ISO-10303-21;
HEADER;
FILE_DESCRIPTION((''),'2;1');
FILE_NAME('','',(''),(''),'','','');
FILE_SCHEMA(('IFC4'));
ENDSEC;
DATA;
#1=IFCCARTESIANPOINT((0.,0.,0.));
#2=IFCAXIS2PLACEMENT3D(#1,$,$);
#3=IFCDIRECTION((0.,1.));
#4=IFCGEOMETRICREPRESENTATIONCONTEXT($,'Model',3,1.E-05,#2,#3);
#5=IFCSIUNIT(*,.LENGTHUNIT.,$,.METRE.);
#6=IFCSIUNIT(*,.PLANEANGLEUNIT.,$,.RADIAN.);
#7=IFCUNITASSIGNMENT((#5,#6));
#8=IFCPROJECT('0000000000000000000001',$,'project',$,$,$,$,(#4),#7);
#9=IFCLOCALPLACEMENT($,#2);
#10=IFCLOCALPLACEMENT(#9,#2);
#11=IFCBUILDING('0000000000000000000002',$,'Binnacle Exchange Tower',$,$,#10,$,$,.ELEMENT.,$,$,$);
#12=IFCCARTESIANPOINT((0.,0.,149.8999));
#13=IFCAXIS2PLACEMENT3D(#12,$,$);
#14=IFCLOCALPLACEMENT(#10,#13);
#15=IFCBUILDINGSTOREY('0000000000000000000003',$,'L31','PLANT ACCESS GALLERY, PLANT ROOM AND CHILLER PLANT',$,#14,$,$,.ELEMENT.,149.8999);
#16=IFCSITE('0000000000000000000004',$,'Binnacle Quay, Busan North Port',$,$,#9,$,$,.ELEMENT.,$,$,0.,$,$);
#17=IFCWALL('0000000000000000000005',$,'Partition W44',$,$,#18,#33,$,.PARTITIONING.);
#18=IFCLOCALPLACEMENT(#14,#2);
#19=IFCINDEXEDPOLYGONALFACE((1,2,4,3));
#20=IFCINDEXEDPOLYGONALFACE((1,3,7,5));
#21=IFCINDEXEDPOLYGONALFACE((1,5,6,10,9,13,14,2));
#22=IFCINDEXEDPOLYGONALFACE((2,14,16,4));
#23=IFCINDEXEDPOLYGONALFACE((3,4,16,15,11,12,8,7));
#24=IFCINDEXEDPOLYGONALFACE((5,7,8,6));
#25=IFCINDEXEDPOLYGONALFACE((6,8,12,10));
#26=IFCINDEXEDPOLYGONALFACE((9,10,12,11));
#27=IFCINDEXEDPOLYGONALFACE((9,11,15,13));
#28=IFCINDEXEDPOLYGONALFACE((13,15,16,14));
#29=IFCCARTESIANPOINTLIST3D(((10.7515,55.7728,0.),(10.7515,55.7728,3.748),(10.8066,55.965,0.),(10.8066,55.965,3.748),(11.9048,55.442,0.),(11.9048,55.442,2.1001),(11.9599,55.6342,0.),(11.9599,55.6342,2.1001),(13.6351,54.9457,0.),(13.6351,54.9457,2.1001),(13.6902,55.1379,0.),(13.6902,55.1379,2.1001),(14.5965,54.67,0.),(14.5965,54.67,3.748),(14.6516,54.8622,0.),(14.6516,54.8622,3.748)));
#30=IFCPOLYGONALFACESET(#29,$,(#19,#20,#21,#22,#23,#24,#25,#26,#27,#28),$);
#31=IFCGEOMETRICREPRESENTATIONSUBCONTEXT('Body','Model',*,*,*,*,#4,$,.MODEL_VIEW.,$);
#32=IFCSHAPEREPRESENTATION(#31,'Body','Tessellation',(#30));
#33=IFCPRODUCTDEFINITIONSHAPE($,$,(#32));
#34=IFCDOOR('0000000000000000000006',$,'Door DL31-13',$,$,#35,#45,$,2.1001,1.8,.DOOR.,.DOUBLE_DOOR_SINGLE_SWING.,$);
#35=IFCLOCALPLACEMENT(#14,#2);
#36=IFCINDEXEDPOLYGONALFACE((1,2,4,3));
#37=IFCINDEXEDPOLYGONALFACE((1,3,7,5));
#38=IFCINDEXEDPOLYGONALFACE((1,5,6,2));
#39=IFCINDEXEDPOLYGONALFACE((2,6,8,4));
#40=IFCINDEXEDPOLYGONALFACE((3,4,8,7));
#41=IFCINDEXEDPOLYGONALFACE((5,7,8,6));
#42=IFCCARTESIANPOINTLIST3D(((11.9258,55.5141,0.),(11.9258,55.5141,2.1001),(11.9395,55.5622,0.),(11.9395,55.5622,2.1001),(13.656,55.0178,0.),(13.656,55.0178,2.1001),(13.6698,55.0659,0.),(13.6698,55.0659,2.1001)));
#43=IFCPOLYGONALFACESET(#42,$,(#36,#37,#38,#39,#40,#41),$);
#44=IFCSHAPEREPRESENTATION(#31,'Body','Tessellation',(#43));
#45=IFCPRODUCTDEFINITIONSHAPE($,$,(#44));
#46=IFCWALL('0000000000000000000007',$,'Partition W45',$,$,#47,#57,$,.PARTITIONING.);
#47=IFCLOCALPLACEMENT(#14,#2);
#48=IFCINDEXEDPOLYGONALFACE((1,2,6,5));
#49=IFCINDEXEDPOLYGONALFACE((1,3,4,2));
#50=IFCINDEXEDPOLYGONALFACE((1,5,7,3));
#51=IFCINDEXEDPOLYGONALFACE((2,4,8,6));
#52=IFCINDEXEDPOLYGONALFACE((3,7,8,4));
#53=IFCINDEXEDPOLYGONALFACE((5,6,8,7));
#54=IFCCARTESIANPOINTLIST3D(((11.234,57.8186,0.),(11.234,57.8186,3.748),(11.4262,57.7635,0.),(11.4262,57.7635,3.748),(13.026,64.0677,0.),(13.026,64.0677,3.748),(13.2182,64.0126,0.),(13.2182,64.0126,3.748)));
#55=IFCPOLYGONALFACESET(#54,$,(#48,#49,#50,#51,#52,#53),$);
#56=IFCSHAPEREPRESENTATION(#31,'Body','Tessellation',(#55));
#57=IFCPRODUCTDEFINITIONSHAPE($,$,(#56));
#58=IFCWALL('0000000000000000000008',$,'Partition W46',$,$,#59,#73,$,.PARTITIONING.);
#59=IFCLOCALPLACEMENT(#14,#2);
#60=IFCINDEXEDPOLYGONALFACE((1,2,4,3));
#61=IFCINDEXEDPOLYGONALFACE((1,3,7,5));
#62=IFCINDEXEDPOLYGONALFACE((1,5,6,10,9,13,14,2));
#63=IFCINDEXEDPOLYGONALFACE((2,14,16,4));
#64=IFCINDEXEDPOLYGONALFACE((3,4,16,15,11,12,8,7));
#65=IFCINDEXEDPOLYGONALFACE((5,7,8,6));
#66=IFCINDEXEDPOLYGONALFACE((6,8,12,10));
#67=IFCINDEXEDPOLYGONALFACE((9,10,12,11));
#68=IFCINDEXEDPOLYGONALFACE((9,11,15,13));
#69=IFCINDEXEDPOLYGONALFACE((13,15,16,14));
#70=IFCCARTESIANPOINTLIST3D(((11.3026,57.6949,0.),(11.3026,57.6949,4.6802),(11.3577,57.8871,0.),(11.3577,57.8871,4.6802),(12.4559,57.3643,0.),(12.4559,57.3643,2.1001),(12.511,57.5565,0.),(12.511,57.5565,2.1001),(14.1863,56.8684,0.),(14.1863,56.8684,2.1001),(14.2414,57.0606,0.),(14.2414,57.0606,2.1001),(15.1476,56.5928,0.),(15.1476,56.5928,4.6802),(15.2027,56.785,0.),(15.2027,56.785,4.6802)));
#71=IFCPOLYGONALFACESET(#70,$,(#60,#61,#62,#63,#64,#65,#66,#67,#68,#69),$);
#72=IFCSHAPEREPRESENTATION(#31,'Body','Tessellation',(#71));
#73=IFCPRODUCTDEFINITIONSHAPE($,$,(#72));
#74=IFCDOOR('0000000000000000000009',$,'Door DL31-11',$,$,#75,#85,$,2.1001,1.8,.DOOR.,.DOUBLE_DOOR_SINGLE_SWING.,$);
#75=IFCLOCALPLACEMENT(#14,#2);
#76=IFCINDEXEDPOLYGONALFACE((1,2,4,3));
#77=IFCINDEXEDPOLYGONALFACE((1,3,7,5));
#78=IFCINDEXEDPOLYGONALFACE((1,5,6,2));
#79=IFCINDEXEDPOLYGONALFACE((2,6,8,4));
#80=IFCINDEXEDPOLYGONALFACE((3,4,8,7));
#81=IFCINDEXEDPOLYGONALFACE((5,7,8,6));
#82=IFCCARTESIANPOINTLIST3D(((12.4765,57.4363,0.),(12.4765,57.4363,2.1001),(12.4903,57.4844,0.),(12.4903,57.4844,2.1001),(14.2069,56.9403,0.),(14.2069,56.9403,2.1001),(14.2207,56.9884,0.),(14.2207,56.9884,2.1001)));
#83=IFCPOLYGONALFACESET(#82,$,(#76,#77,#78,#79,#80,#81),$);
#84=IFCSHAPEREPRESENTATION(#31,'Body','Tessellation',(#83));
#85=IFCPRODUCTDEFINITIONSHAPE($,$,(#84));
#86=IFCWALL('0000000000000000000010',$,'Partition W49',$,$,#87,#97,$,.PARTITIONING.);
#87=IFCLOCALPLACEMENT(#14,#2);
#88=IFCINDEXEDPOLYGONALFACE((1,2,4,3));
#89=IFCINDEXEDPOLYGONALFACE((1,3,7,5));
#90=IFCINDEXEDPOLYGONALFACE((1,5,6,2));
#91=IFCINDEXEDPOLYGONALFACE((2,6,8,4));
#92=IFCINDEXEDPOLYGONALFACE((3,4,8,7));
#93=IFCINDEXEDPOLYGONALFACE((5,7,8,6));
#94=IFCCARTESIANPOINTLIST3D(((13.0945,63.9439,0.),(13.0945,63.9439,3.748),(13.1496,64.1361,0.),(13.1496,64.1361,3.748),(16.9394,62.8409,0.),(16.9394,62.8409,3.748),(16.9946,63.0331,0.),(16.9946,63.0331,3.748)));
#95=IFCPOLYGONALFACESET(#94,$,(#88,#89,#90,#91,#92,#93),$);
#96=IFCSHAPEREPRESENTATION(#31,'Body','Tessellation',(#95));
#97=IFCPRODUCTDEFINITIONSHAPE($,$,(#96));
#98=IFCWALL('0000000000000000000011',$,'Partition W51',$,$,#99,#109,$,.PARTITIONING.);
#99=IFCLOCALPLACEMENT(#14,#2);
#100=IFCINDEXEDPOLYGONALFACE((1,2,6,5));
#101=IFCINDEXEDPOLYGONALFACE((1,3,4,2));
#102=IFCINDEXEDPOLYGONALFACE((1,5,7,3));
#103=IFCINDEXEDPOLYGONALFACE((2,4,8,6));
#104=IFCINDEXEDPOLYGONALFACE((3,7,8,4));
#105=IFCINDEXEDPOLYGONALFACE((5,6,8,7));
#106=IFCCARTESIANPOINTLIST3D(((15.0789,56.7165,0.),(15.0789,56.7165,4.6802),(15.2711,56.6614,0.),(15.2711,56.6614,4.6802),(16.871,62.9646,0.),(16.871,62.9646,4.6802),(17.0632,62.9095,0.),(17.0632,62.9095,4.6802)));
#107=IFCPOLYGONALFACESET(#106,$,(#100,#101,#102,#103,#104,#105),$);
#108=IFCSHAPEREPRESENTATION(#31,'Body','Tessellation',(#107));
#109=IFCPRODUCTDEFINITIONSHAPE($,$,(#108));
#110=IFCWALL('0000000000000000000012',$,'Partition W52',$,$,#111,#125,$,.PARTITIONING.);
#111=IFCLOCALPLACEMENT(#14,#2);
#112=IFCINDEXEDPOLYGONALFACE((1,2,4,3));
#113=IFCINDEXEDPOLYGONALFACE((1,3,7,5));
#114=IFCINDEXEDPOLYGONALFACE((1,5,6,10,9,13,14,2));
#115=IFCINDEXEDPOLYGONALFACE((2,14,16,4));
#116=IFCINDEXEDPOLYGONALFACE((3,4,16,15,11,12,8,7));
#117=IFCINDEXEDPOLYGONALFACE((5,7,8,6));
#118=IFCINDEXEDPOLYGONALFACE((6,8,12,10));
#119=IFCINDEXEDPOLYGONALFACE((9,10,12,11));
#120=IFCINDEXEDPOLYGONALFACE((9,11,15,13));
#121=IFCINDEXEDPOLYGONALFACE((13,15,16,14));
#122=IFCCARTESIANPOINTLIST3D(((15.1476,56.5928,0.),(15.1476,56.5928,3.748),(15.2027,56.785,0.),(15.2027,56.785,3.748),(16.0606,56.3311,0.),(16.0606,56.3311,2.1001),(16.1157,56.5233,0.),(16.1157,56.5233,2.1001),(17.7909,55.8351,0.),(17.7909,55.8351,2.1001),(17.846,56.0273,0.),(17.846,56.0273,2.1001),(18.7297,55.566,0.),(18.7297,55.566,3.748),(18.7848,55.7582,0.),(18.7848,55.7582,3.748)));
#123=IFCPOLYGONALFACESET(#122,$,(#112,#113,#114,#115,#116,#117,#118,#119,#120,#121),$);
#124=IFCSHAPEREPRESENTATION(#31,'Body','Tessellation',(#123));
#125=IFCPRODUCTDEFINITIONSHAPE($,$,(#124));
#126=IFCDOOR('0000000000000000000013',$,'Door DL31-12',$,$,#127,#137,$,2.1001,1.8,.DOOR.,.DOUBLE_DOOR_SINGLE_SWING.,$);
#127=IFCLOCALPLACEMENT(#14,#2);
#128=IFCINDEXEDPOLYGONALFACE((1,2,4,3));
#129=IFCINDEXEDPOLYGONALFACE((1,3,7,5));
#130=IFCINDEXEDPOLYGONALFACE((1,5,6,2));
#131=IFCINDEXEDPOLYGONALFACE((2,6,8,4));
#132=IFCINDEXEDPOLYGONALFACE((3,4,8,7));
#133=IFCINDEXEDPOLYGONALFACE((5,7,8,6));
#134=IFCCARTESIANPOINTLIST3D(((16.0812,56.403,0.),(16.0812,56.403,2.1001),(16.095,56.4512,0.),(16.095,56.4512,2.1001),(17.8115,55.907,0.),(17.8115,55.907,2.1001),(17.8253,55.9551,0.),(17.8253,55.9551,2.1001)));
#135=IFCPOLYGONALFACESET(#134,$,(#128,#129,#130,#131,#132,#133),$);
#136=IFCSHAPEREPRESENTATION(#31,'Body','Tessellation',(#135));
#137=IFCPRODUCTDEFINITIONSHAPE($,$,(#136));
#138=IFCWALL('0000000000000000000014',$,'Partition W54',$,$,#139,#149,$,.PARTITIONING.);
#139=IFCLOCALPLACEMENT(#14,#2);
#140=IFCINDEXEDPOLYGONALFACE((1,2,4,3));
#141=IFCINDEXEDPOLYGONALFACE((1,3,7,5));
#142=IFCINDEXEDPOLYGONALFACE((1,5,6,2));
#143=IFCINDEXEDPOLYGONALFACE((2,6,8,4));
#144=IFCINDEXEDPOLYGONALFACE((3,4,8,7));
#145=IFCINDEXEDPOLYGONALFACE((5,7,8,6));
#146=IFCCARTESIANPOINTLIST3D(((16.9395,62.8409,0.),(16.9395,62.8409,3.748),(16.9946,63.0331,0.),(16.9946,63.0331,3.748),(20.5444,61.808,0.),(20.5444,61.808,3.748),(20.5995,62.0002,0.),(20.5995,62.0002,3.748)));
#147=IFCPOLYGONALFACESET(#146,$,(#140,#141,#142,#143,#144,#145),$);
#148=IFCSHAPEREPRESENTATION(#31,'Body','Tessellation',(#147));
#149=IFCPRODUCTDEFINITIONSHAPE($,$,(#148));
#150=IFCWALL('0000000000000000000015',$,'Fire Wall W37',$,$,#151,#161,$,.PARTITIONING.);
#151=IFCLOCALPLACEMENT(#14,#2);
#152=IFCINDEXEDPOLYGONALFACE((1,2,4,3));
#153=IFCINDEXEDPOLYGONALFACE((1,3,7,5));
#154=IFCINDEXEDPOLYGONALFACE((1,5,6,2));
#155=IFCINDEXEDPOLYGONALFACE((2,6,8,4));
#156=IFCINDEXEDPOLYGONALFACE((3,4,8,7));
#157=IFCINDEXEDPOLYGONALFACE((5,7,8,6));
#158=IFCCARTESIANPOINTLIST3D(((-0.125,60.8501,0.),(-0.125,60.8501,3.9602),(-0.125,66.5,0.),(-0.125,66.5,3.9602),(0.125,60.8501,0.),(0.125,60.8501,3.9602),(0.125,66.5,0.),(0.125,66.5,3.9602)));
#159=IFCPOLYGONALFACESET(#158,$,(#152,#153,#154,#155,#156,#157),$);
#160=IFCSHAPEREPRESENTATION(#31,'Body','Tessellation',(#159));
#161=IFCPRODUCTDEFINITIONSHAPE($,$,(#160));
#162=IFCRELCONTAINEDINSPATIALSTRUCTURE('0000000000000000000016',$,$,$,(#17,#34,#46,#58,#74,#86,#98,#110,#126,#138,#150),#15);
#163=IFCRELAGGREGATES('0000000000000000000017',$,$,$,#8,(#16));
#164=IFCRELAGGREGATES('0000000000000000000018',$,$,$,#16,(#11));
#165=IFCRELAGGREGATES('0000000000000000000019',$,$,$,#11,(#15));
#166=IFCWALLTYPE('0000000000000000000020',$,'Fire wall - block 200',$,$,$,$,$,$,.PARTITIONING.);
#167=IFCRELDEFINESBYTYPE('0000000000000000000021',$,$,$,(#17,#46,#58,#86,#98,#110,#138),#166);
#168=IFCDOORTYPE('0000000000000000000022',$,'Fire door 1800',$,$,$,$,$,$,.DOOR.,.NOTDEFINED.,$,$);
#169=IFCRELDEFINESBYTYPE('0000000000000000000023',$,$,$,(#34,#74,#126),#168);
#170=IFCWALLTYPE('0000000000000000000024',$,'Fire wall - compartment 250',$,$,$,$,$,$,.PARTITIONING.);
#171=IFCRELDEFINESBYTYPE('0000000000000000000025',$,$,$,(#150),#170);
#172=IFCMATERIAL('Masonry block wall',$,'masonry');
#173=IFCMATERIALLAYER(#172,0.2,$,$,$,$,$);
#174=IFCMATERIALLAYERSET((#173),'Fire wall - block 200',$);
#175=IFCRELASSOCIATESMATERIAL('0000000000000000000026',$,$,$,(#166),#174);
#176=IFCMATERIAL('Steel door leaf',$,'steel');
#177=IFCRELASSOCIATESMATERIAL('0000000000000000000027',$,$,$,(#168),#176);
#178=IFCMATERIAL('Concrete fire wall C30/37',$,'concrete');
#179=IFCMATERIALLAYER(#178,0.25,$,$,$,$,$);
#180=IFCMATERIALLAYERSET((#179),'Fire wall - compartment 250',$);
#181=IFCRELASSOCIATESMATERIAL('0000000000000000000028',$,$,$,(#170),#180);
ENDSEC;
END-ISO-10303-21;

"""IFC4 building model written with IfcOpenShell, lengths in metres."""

from ifc_helpers import new_model, si_unit, direction, frame, frame_2d, origin, place, context, subcontext, project, spatial, rectangle, extrude, material, layer, layer_set, type_object, element, fill, save


model = new_model("IFC4")

# Units and contexts
model_context = context("Model", 3, precision=1e-05, world=origin(), true_north=direction((0.0, 1.0)))
body_context = subcontext(model_context, "Body", "Model", "MODEL_VIEW")
ifc_project = project(units=[si_unit("LENGTHUNIT", "METRE"), si_unit("PLANEANGLEUNIT", "RADIAN")], contexts=[model_context])

# Site, building, storey
site_placement = place(None, origin())
site = spatial("IfcSite", under=ifc_project, at=site_placement, Name="Binnacle Quay, Busan North Port", CompositionType="ELEMENT", RefElevation=0.0)
building_placement = place(site_placement, origin())
building = spatial("IfcBuilding", under=site, at=building_placement, Name="Binnacle Exchange Tower", CompositionType="ELEMENT")
storey_placement = place(building_placement, frame((0.0, 0.0, 149.8999)))
storey = spatial("IfcBuildingStorey", under=building, at=storey_placement, Name="L31", Description="PLANT ACCESS GALLERY, PLANT ROOM AND CHILLER PLANT", CompositionType="ELEMENT", Elevation=149.8999)

# Shared definitions
ifc_material_1 = material(Name="Masonry block wall", Category="masonry")
ifc_layer_1 = layer(ifc_material_1, 0.2)
ifc_layer_set_1 = layer_set([ifc_layer_1], Name="Fire wall - block 200")
wall_type_1 = type_object("IfcWallType", Name="Fire wall - block 200", PredefinedType="PARTITIONING", material=ifc_layer_set_1)

# Wall, opening, door
wall_1_placement = place(storey_placement, frame((10.7791, 55.8689, 0.0), z_axis=(0.0, 0.0, 1.0), x_axis=(0.961245, -0.275696, 0.0)))
wall_1 = element("IfcWall", 1, at=wall_1_placement, inside=storey, type_object=wall_type_1, Name="Partition W44", PredefinedType="PARTITIONING", context=body_context, shape_type="SweptSolid", body=[
    extrude(rectangle(XDim=4.0, YDim=0.2, at=frame_2d((2.0, 0.0))), origin(), (0.0, 0.0, 1.0), 3.748),
])
opening_1_placement = place(wall_1_placement, frame((1.2, 0.0, 0.0)))
opening_1 = element("IfcOpeningElement", 2, at=opening_1_placement, cuts=wall_1, PredefinedType="OPENING", context=body_context, shape_type="SweptSolid", body=[
    extrude(rectangle(XDim=1.8, YDim=2.1001, at=frame_2d((0.8999, 1.05))), frame((0.0, 0.1099, 0.0), z_axis=(0.0, -1.0, 0.0), x_axis=(1.0, 0.0, 0.0)), (0.0, 0.0, 1.0), 0.22),
])
ifc_material_2 = material(Name="Steel door leaf", Category="steel")
door_type_1 = type_object("IfcDoorType", Name="Fire door 1800", OperationType="NOTDEFINED", PredefinedType="DOOR", material=ifc_material_2)
door_1_placement = place(opening_1_placement, frame((1.8, 0.0, 0.0), z_axis=(0.0, 0.0, 1.0), x_axis=(-1.0, 0.0, 0.0)))
door_1 = element("IfcDoor", 3, at=door_1_placement, inside=storey, type_object=door_type_1, Name="Door DL31-13", OperationType="DOUBLE_DOOR_SINGLE_SWING", OverallHeight=2.1001, OverallWidth=1.8, PredefinedType="DOOR", context=body_context, shape_type="SweptSolid", body=[
    extrude(rectangle(XDim=1.8, YDim=2.1001, at=frame_2d((0.8999, 1.05))), frame((0.0, 0.0249, 0.0), z_axis=(0.0, -1.0, 0.0), x_axis=(1.0, 0.0, 0.0)), (0.0, 0.0, 1.0), 0.05),
])
fill(opening_1, door_1)

# Wall
wall_2_placement = place(storey_placement, frame((11.3301, 57.791, 0.0), z_axis=(0.0, 0.0, 1.0), x_axis=(0.275653, 0.961257, 0.0)))
element("IfcWall", 4, at=wall_2_placement, inside=storey, type_object=wall_type_1, Name="Partition W45", PredefinedType="PARTITIONING", context=body_context, shape_type="SweptSolid", body=[
    extrude(rectangle(XDim=6.501, YDim=0.2, at=frame_2d((3.2505, 0.0))), origin(), (0.0, 0.0, 1.0), 3.748),
])

# Wall, opening, door
wall_3_placement = place(storey_placement, frame((11.3301, 57.791, 0.0), z_axis=(0.0, 0.0, 1.0), x_axis=(0.961293, -0.275527, 0.0)))
wall_3 = element("IfcWall", 5, at=wall_3_placement, inside=storey, type_object=wall_type_1, Name="Partition W46", PredefinedType="PARTITIONING", context=body_context, shape_type="SweptSolid", body=[
    extrude(rectangle(XDim=3.9998, YDim=0.2, at=frame_2d((2.0, 0.0))), origin(), (0.0, 0.0, 1.0), 4.6802),
])
opening_2_placement = place(wall_3_placement, frame((1.2, 0.0, 0.0)))
opening_2 = element("IfcOpeningElement", 6, at=opening_2_placement, cuts=wall_3, PredefinedType="OPENING", context=body_context, shape_type="SweptSolid", body=[
    extrude(rectangle(XDim=1.8, YDim=2.1001, at=frame_2d((0.8999, 1.05))), frame((0.0, 0.1099, 0.0), z_axis=(0.0, -1.0, 0.0), x_axis=(1.0, 0.0, 0.0)), (0.0, 0.0, 1.0), 0.22),
])
door_2_placement = place(opening_2_placement, origin())
door_2 = element("IfcDoor", 7, at=door_2_placement, inside=storey, type_object=door_type_1, Name="Door DL31-11", OperationType="DOUBLE_DOOR_SINGLE_SWING", OverallHeight=2.1001, OverallWidth=1.8, PredefinedType="DOOR", context=body_context, shape_type="SweptSolid", body=[
    extrude(rectangle(XDim=1.8, YDim=2.1001, at=frame_2d((0.8999, 1.05))), frame((0.0, 0.0249, 0.0), z_axis=(0.0, -1.0, 0.0), x_axis=(1.0, 0.0, 0.0)), (0.0, 0.0, 1.0), 0.05),
])
fill(opening_2, door_2)

# Walls
wall_4_placement = place(storey_placement, frame((13.1221, 64.04, 0.0), z_axis=(0.0, 0.0, 1.0), x_axis=(0.961229, -0.275753, 0.0)))
element("IfcWall", 8, at=wall_4_placement, inside=storey, type_object=wall_type_1, Name="Partition W49", PredefinedType="PARTITIONING", context=body_context, shape_type="SweptSolid", body=[
    extrude(rectangle(XDim=4.0, YDim=0.2, at=frame_2d((2.0, 0.0))), origin(), (0.0, 0.0, 1.0), 3.748),
])
wall_5_placement = place(storey_placement, frame((15.175, 56.689, 0.0), z_axis=(0.0, 0.0, 1.0), x_axis=(0.275693, 0.961246, 0.0)))
element("IfcWall", 9, at=wall_5_placement, inside=storey, type_object=wall_type_1, Name="Partition W51", PredefinedType="PARTITIONING", context=body_context, shape_type="SweptSolid", body=[
    extrude(rectangle(XDim=6.5, YDim=0.2, at=frame_2d((3.25, 0.0))), origin(), (0.0, 0.0, 1.0), 4.6802),
])

# Wall, opening, door
wall_6_placement = place(storey_placement, frame((15.175, 56.689, 0.0), z_axis=(0.0, 0.0, 1.0), x_axis=(0.961281, -0.275569, 0.0)))
wall_6 = element("IfcWall", 10, at=wall_6_placement, inside=storey, type_object=wall_type_1, Name="Partition W52", PredefinedType="PARTITIONING", context=body_context, shape_type="SweptSolid", body=[
    extrude(rectangle(XDim=3.7263, YDim=0.2, at=frame_2d((1.8633, 0.0))), origin(), (0.0, 0.0, 1.0), 3.748),
])
opening_3_placement = place(wall_6_placement, frame((0.95, 0.0, 0.0)))
opening_3 = element("IfcOpeningElement", 11, at=opening_3_placement, cuts=wall_6, PredefinedType="OPENING", context=body_context, shape_type="SweptSolid", body=[
    extrude(rectangle(XDim=1.8, YDim=2.1001, at=frame_2d((0.8999, 1.05))), frame((0.0, 0.1099, 0.0), z_axis=(0.0, -1.0, 0.0), x_axis=(1.0, 0.0, 0.0)), (0.0, 0.0, 1.0), 0.22),
])
door_3_placement = place(opening_3_placement, origin())
door_3 = element("IfcDoor", 12, at=door_3_placement, inside=storey, type_object=door_type_1, Name="Door DL31-12", OperationType="DOUBLE_DOOR_SINGLE_SWING", OverallHeight=2.1001, OverallWidth=1.8, PredefinedType="DOOR", context=body_context, shape_type="SweptSolid", body=[
    extrude(rectangle(XDim=1.8, YDim=2.1001, at=frame_2d((0.8999, 1.05))), frame((0.0, 0.0249, 0.0), z_axis=(0.0, -1.0, 0.0), x_axis=(1.0, 0.0, 0.0)), (0.0, 0.0, 1.0), 0.05),
])
fill(opening_3, door_3)

# Walls
wall_7_placement = place(storey_placement, frame((16.967, 62.937, 0.0), z_axis=(0.0, 0.0, 1.0), x_axis=(0.961315, -0.275452, 0.0)))
element("IfcWall", 13, at=wall_7_placement, inside=storey, type_object=wall_type_1, Name="Partition W54", PredefinedType="PARTITIONING", context=body_context, shape_type="SweptSolid", body=[
    extrude(rectangle(XDim=3.75, YDim=0.2, at=frame_2d((1.875, 0.0))), origin(), (0.0, 0.0, 1.0), 3.748),
])
ifc_material_3 = material(Name="Concrete fire wall C30/37", Category="concrete")
ifc_layer_2 = layer(ifc_material_3, 0.25)
ifc_layer_set_2 = layer_set([ifc_layer_2], Name="Fire wall - compartment 250")
wall_type_2 = type_object("IfcWallType", Name="Fire wall - compartment 250", PredefinedType="PARTITIONING", material=ifc_layer_set_2)
wall_8_placement = place(storey_placement, frame((0.0, 60.8501, 0.0), z_axis=(0.0, 0.0, 1.0), x_axis=(0.0, 1.0, 0.0)))
element("IfcWall", 14, at=wall_8_placement, inside=storey, type_object=wall_type_2, Name="Fire Wall W37", PredefinedType="PARTITIONING", context=body_context, shape_type="SweptSolid", body=[
    extrude(rectangle(XDim=5.6499, YDim=0.25, at=frame_2d((2.825, 0.0))), origin(), (0.0, 0.0, 1.0), 3.9602),
])

save(model, "model.ifc")
